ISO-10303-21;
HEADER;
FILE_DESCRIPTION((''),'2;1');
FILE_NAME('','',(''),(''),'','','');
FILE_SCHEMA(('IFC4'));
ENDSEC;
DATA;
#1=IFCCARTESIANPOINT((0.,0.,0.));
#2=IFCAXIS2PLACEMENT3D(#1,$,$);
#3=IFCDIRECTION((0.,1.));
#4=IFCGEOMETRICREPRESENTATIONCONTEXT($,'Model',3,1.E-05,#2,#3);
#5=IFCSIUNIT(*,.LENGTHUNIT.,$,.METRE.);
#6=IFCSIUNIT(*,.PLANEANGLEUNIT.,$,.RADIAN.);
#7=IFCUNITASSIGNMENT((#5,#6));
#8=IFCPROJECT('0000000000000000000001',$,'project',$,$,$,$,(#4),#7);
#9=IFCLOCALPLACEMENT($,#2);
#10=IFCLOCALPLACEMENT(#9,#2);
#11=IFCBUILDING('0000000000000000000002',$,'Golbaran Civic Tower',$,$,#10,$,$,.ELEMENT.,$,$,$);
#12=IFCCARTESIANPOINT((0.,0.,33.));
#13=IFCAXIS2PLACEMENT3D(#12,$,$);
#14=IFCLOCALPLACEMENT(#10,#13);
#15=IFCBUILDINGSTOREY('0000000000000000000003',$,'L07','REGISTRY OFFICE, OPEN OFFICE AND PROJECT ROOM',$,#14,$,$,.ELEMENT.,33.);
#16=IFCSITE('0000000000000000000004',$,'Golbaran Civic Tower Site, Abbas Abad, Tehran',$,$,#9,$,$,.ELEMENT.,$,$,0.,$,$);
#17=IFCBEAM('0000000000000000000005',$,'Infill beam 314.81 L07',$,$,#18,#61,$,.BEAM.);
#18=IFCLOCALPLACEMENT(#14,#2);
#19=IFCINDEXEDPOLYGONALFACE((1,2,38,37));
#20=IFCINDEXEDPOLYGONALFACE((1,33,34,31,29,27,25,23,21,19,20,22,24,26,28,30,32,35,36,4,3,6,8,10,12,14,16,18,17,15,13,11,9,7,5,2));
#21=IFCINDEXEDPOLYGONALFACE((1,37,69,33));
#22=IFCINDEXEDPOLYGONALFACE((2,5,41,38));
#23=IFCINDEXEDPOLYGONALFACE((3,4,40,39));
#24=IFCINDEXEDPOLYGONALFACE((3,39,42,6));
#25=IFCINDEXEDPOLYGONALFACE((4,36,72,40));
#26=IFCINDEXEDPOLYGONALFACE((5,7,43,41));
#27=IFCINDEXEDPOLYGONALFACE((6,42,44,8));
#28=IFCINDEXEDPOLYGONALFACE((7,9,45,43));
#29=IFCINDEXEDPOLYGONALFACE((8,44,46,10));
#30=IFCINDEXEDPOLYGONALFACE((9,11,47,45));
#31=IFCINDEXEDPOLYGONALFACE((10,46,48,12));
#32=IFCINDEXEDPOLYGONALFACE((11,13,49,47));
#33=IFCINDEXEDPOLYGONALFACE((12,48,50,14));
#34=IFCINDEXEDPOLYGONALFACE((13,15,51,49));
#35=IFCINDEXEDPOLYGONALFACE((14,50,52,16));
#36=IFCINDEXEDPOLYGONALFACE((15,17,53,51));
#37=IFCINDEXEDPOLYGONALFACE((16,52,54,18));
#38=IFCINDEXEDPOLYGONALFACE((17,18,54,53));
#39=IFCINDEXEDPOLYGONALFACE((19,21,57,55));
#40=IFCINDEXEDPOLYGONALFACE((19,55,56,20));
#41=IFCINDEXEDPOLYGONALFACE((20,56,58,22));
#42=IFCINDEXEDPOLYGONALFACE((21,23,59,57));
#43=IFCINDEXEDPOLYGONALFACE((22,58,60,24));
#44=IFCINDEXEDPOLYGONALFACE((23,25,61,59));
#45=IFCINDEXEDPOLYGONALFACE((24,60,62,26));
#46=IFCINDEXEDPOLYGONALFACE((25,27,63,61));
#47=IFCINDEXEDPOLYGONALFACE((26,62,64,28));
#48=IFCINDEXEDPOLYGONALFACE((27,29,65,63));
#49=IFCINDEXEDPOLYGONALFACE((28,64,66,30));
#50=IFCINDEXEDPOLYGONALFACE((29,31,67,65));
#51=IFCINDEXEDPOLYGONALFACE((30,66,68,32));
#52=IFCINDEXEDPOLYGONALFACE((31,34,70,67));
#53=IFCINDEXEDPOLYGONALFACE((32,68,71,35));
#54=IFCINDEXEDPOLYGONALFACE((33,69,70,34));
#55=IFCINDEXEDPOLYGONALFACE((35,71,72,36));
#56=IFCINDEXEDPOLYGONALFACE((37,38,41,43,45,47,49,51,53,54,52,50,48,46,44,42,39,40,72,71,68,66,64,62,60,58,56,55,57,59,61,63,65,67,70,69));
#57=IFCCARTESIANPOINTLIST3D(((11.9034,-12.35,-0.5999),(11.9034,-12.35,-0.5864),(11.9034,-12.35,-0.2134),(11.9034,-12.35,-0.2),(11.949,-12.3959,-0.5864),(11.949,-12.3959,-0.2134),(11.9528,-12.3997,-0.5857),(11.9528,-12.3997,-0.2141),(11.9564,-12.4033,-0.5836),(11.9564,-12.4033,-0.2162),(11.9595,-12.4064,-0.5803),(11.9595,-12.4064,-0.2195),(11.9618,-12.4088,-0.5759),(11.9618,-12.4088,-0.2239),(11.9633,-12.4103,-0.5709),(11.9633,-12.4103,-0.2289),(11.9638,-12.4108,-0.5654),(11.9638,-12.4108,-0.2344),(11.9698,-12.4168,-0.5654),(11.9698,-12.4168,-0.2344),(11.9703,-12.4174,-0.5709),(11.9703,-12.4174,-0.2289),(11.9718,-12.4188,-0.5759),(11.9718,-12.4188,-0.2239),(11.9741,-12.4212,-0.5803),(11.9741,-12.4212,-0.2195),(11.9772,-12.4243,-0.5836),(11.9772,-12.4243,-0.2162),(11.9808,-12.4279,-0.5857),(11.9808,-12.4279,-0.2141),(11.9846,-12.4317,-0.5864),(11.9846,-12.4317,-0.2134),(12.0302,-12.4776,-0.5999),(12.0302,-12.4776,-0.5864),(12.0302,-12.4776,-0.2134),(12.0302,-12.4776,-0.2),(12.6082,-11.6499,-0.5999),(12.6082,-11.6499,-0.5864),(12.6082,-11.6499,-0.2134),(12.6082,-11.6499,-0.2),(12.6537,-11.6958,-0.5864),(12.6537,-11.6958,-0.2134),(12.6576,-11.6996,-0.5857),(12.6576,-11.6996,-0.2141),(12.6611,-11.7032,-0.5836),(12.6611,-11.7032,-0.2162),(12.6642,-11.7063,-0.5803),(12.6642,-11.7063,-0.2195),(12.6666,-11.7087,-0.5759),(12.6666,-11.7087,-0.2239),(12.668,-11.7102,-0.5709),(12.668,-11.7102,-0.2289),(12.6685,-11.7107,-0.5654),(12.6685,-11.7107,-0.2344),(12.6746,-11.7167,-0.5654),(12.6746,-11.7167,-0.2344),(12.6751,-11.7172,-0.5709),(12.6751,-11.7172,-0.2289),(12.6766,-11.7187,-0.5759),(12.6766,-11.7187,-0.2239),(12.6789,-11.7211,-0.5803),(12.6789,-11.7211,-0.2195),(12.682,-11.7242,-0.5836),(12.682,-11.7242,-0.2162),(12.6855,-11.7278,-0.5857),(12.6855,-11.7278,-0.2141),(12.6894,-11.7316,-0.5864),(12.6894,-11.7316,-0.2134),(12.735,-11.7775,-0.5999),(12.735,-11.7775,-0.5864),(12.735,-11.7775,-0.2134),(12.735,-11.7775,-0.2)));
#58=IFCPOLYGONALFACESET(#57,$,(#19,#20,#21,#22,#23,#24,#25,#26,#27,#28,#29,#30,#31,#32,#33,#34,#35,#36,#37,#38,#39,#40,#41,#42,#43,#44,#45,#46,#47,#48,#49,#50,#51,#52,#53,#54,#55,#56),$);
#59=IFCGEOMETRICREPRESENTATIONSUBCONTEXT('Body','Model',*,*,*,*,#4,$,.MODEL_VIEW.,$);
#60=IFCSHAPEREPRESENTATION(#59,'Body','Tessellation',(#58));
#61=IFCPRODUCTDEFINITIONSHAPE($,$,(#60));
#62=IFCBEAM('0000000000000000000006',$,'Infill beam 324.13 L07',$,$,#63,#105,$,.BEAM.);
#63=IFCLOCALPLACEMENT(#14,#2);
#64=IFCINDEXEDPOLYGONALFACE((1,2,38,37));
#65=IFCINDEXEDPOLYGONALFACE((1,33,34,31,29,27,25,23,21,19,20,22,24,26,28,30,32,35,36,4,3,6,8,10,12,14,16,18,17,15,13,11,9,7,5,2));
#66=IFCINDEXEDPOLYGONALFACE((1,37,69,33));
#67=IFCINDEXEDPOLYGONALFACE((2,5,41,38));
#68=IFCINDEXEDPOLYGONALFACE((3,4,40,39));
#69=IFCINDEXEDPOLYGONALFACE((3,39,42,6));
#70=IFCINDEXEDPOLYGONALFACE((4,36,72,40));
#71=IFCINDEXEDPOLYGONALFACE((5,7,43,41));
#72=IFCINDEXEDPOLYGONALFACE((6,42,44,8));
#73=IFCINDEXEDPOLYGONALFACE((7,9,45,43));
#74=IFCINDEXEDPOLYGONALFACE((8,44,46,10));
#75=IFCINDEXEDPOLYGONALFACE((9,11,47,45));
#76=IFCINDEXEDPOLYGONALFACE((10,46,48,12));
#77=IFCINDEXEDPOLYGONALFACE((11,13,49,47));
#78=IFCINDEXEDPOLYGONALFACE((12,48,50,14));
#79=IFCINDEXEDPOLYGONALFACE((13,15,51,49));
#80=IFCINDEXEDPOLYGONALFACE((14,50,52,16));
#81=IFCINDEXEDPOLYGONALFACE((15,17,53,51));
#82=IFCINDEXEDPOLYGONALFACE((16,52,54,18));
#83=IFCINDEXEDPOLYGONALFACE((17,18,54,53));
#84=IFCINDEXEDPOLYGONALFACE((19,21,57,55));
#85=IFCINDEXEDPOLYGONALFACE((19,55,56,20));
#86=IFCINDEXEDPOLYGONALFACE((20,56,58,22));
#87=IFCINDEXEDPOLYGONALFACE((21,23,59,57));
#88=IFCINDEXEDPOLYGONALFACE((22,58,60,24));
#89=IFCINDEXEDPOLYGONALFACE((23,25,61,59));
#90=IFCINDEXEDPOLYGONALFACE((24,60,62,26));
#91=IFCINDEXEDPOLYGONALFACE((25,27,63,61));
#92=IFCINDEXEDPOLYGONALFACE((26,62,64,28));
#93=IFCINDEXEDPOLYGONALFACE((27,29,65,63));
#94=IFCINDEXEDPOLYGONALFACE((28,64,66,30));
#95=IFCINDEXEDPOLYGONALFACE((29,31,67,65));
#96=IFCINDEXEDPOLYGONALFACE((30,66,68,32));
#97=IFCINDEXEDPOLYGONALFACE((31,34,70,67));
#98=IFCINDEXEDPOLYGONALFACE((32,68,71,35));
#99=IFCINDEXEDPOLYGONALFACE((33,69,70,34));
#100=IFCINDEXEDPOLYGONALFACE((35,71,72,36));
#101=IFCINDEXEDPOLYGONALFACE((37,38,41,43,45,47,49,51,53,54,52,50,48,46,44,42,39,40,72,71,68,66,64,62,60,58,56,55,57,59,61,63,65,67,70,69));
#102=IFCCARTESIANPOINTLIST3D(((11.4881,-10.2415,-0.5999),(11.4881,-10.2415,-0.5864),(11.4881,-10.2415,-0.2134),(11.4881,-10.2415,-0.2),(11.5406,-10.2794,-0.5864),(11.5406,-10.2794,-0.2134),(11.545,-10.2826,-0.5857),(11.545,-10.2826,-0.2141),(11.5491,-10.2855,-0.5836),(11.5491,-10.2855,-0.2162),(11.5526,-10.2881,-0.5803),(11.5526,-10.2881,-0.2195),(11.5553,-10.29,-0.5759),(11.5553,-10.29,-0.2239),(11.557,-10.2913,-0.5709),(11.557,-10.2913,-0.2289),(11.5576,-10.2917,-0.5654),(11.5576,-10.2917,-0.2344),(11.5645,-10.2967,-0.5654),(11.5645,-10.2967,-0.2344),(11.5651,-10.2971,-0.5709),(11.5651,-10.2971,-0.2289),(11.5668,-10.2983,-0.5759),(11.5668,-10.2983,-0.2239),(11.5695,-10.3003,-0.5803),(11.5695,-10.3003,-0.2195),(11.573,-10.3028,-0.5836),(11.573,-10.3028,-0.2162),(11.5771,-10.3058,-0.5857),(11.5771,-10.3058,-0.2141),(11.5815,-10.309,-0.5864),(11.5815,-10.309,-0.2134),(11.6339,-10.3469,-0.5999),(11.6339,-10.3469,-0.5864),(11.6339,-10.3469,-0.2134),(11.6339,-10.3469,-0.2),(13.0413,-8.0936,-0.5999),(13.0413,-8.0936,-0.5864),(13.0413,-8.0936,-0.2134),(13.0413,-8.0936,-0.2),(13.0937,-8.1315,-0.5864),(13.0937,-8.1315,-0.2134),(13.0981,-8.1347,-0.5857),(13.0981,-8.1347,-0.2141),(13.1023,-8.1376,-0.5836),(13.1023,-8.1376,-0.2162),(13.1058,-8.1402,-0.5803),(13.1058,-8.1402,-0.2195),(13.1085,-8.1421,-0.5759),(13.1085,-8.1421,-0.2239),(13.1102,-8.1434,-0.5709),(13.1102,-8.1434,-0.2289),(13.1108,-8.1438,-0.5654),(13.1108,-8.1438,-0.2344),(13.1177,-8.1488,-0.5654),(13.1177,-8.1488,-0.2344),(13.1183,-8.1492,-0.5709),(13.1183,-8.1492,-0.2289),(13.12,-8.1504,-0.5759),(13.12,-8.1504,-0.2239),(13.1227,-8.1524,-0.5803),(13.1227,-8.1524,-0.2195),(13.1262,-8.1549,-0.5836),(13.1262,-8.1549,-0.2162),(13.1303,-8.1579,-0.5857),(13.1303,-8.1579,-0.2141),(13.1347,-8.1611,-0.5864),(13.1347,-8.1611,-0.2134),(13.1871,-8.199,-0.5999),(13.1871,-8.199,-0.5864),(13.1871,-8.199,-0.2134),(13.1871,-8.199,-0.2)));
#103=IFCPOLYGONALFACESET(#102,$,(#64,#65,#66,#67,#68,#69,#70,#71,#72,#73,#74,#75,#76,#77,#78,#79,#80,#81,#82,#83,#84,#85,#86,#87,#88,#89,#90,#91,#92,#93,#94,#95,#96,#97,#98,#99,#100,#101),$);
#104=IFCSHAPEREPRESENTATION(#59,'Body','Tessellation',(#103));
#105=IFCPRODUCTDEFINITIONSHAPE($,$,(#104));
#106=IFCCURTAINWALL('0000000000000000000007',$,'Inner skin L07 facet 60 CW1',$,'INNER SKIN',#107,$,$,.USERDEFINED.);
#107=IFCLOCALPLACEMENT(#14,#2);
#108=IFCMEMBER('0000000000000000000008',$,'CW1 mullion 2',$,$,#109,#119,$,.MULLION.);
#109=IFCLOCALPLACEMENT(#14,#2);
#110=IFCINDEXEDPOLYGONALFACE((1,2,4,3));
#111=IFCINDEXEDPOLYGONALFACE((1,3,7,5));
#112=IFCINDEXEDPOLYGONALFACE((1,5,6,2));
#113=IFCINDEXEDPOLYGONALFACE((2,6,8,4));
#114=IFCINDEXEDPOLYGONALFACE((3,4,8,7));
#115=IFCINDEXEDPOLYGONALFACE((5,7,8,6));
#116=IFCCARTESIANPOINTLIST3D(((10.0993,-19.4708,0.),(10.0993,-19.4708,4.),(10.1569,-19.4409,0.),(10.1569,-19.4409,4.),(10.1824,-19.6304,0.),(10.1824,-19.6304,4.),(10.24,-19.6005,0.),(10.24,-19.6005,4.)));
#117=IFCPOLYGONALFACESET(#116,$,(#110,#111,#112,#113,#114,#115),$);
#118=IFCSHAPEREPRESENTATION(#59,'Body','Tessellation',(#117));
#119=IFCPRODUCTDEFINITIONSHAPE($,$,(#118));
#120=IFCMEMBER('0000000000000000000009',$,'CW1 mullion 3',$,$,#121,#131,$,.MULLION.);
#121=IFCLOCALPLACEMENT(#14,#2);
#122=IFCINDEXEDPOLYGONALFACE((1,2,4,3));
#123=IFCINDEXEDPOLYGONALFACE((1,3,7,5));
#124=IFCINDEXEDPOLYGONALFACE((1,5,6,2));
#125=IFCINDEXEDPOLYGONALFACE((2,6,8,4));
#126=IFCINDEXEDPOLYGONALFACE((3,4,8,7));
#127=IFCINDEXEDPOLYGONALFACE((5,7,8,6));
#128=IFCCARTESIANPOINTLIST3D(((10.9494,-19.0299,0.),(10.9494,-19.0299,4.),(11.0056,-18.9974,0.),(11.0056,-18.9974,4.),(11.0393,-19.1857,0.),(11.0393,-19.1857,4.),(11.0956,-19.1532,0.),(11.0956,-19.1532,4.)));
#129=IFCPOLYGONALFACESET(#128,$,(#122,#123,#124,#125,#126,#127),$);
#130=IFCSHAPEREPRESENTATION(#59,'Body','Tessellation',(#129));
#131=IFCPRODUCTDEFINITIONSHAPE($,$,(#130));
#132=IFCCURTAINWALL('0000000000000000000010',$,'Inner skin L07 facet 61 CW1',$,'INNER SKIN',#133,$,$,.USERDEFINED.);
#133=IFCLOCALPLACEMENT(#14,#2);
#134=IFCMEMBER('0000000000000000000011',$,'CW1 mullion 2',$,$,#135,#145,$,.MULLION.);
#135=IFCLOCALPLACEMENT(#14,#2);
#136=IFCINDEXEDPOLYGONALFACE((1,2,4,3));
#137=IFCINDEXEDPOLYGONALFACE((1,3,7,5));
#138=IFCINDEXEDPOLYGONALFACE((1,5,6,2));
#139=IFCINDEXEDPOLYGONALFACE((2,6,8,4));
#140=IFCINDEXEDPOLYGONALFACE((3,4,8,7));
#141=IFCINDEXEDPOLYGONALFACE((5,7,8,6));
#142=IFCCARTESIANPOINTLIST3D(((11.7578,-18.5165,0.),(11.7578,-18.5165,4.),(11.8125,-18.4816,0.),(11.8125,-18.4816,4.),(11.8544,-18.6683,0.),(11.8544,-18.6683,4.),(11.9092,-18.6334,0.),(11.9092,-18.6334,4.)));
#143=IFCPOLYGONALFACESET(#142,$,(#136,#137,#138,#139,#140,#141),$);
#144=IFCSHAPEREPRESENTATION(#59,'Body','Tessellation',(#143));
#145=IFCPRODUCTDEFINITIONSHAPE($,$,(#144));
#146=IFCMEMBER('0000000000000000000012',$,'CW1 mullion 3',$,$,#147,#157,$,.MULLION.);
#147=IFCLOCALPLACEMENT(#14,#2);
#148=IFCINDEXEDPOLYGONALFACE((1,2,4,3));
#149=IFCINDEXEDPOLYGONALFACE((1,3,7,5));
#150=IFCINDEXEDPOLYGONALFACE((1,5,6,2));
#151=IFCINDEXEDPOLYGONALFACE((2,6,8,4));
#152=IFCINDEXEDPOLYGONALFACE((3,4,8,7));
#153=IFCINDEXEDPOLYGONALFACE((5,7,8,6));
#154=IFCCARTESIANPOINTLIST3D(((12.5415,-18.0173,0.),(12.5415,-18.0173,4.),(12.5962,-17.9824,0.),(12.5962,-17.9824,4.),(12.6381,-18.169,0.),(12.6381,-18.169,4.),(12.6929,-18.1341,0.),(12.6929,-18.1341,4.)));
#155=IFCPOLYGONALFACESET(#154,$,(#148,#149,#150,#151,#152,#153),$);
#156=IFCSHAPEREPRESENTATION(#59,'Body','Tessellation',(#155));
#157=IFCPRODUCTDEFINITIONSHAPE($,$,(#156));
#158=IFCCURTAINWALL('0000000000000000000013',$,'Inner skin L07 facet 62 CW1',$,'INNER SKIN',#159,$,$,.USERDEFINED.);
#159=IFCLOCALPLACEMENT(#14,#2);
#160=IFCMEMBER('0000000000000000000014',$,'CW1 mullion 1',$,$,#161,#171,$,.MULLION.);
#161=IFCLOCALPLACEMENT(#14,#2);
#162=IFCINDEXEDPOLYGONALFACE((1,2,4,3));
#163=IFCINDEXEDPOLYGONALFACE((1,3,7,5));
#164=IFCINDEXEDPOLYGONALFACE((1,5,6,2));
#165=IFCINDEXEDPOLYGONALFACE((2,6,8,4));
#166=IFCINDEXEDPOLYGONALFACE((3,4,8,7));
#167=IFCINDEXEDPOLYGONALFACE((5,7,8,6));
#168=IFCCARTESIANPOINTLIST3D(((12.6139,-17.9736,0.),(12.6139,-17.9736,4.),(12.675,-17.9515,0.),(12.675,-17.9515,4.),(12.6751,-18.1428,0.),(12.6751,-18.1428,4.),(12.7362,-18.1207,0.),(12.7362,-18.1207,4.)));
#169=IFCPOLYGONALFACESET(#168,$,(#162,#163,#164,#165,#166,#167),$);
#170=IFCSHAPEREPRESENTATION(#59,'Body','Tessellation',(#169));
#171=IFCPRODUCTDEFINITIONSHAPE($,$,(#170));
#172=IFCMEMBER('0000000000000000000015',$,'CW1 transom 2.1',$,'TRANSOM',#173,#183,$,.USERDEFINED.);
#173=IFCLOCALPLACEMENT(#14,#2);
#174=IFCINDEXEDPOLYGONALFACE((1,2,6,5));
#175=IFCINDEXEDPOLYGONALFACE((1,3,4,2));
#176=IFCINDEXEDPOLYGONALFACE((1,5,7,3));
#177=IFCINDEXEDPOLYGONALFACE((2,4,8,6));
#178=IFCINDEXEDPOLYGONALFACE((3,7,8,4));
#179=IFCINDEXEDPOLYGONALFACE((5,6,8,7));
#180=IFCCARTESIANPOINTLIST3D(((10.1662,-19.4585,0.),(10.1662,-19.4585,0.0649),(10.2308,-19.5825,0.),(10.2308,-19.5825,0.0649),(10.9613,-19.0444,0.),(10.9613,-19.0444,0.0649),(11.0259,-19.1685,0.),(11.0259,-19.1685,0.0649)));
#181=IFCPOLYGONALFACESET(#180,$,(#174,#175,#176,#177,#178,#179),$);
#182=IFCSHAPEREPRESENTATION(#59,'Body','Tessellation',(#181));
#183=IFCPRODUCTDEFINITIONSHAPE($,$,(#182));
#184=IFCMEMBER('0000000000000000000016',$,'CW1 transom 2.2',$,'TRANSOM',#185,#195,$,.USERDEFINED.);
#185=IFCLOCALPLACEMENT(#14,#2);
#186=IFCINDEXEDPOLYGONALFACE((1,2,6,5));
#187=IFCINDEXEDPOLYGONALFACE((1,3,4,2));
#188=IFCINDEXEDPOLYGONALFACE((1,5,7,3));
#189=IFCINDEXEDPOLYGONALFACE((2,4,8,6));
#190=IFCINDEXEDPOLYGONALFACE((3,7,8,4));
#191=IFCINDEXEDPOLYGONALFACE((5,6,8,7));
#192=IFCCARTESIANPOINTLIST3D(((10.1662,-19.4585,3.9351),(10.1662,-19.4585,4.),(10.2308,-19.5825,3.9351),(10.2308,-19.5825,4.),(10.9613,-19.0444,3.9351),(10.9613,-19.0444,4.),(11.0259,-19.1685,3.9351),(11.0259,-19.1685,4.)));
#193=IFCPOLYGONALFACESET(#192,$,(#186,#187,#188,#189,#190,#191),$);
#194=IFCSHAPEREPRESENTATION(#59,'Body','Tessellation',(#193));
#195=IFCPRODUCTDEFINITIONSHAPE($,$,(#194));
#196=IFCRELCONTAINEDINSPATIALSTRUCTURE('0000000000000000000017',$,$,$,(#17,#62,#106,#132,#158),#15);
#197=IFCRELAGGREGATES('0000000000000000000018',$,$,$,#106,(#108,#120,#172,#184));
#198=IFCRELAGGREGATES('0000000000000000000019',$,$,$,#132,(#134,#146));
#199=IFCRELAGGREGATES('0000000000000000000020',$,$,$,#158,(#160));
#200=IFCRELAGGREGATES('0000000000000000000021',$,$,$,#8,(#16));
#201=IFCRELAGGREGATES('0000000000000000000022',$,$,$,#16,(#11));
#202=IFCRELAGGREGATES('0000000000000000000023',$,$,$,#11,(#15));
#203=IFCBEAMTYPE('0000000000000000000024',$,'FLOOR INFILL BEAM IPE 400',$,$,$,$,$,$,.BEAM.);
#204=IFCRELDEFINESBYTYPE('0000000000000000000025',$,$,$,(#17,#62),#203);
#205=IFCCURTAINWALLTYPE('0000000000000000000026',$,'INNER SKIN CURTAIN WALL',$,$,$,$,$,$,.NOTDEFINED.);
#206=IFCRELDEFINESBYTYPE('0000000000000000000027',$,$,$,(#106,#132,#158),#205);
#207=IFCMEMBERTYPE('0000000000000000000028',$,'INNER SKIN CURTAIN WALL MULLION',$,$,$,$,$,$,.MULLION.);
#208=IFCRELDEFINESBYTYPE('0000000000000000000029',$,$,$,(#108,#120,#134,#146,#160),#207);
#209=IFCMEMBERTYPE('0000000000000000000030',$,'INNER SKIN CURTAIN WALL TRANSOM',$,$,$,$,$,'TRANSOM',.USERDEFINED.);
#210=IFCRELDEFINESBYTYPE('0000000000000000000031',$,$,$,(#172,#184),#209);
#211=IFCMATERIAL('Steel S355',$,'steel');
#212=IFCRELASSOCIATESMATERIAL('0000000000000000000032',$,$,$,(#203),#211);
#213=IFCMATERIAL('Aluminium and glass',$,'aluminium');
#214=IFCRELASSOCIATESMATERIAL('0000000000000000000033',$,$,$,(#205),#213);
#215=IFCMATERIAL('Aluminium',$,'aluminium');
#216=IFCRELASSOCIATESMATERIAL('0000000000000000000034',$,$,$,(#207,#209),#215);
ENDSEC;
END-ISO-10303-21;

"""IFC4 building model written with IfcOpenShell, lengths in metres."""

from ifc_helpers import new_model, si_unit, direction, frame, origin, origin_2d, place, context, subcontext, project, spatial, rectangle, i_section, extrude, material, material_profile, profile_set, type_object, element, aggregate, save


model = new_model("IFC4")

# Units and contexts
model_context = context("Model", 3, precision=1e-05, world=origin(), true_north=direction((0.0, 1.0)))
body_context = subcontext(model_context, "Body", "Model", "MODEL_VIEW")
ifc_project = project(units=[si_unit("LENGTHUNIT", "METRE"), si_unit("PLANEANGLEUNIT", "RADIAN")], contexts=[model_context])

# Site, building, storey
site_placement = place(None, origin())
site = spatial("IfcSite", under=ifc_project, at=site_placement, Name="Golbaran Civic Tower Site, Abbas Abad, Tehran", CompositionType="ELEMENT", RefElevation=0.0)
building_placement = place(site_placement, origin())
building = spatial("IfcBuilding", under=site, at=building_placement, Name="Golbaran Civic Tower", CompositionType="ELEMENT")
storey_placement = place(building_placement, frame((0.0, 0.0, 33.0)))
storey = spatial("IfcBuildingStorey", under=building, at=storey_placement, Name="L07", Description="REGISTRY OFFICE, OPEN OFFICE AND PROJECT ROOM", CompositionType="ELEMENT", Elevation=33.0)

# Beams
ifc_material_1 = material(Name="Steel S355", Category="steel")
ifc_material_profile_1 = material_profile(ifc_material_1, i_section(OverallWidth=0.1799, OverallDepth=0.3999, WebThickness=0.0085, FlangeThickness=0.0134, FilletRadius=0.021, at=origin_2d()), Name="IPE 400")
ifc_profile_set_1 = profile_set([ifc_material_profile_1], Name="Steel S355")
beam_type_1 = type_object("IfcBeamType", Name="FLOOR INFILL BEAM IPE 400", PredefinedType="BEAM", material=ifc_profile_set_1)
beam_1_placement = place(storey_placement, frame((11.9668, -12.4138, -0.3999), z_axis=(0.709437, 0.704768, 0.0), x_axis=(-0.704768, 0.709437, 0.0)))
element("IfcBeam", 1, at=beam_1_placement, inside=storey, type_object=beam_type_1, Name="Infill beam 314.81 L07", PredefinedType="BEAM", context=body_context, shape_type="SweptSolid", body=[
    extrude(i_section(OverallWidth=0.1799, OverallDepth=0.3999, WebThickness=0.0085, FlangeThickness=0.0134, FilletRadius=0.021, at=origin_2d()), origin(), (0.0, 0.0, 1.0), 0.9934),
])
beam_2_placement = place(storey_placement, frame((11.561, -10.2942, -0.3999), z_axis=(0.585968, 0.810334, 0.0), x_axis=(-0.810334, 0.585968, 0.0)))
element("IfcBeam", 2, at=beam_2_placement, inside=storey, type_object=beam_type_1, Name="Infill beam 324.13 L07", PredefinedType="BEAM", context=body_context, shape_type="SweptSolid", body=[
    extrude(i_section(OverallWidth=0.1799, OverallDepth=0.3999, WebThickness=0.0085, FlangeThickness=0.0134, FilletRadius=0.021, at=origin_2d()), origin(), (0.0, 0.0, 1.0), 2.6506),
])

# Curtain walls, members
ifc_material_2 = material(Name="Aluminium and glass", Category="aluminium")
curtain_wall_type = type_object("IfcCurtainWallType", Name="INNER SKIN CURTAIN WALL", PredefinedType="NOTDEFINED", material=ifc_material_2)
curtain_wall_1_placement = place(storey_placement, origin())
curtain_wall_1 = element("IfcCurtainWall", 3, at=curtain_wall_1_placement, inside=storey, type_object=curtain_wall_type, Name="Inner skin L07 facet 60 CW1", ObjectType="INNER SKIN", PredefinedType="USERDEFINED")
ifc_material_3 = material(Name="Aluminium", Category="aluminium")
ifc_material_profile_2 = material_profile(ifc_material_3, rectangle(XDim=0.1799, YDim=0.0649, at=origin_2d()), Name="INNER SKIN CURTAIN WALL MULLION")
ifc_profile_set_2 = profile_set([ifc_material_profile_2], Name="Aluminium")
member_type_1 = type_object("IfcMemberType", Name="INNER SKIN CURTAIN WALL MULLION", PredefinedType="MULLION", material=ifc_profile_set_2)
member_1_placement = place(storey_placement, frame((10.1697, -19.5356, 0.0), z_axis=(0.0, 0.0, 1.0), x_axis=(-0.461749, 0.887011, 0.0)))
member_1 = element("IfcMember", 4, at=member_1_placement, type_object=member_type_1, Name="CW1 mullion 2", PredefinedType="MULLION", context=body_context, shape_type="SweptSolid", body=[
    extrude(rectangle(XDim=0.1799, YDim=0.0649, at=origin_2d()), origin(), (0.0, 0.0, 1.0), 4.0),
])
member_2_placement = place(storey_placement, frame((11.0225, -19.0916, 0.0), z_axis=(0.0, 0.0, 1.0), x_axis=(-0.5, 0.866025, 0.0)))
member_2 = element("IfcMember", 5, at=member_2_placement, type_object=member_type_1, Name="CW1 mullion 3", PredefinedType="MULLION", context=body_context, shape_type="SweptSolid", body=[
    extrude(rectangle(XDim=0.1799, YDim=0.0649, at=origin_2d()), origin(), (0.0, 0.0, 1.0), 4.0),
])
curtain_wall_2_placement = place(storey_placement, origin())
curtain_wall_2 = element("IfcCurtainWall", 6, at=curtain_wall_2_placement, inside=storey, type_object=curtain_wall_type, Name="Inner skin L07 facet 61 CW1", ObjectType="INNER SKIN", PredefinedType="USERDEFINED")
member_3_placement = place(storey_placement, frame((11.8335, -18.575, 0.0), z_axis=(0.0, 0.0, 1.0), x_axis=(-0.5373, 0.843391, 0.0)))
member_3 = element("IfcMember", 7, at=member_3_placement, type_object=member_type_1, Name="CW1 mullion 2", PredefinedType="MULLION", context=body_context, shape_type="SweptSolid", body=[
    extrude(rectangle(XDim=0.1799, YDim=0.0649, at=origin_2d()), origin(), (0.0, 0.0, 1.0), 4.0),
])
member_4_placement = place(storey_placement, frame((12.6172, -18.0757, 0.0), z_axis=(0.0, 0.0, 1.0), x_axis=(-0.5373, 0.843391, 0.0)))
member_4 = element("IfcMember", 8, at=member_4_placement, type_object=member_type_1, Name="CW1 mullion 3", PredefinedType="MULLION", context=body_context, shape_type="SweptSolid", body=[
    extrude(rectangle(XDim=0.1799, YDim=0.0649, at=origin_2d()), origin(), (0.0, 0.0, 1.0), 4.0),
])

# Curtain wall, member
curtain_wall_3_placement = place(storey_placement, origin())
curtain_wall_3 = element("IfcCurtainWall", 9, at=curtain_wall_3_placement, inside=storey, type_object=curtain_wall_type, Name="Inner skin L07 facet 62 CW1", ObjectType="INNER SKIN", PredefinedType="USERDEFINED")
member_5_placement = place(storey_placement, frame((12.675, -18.0471, 0.0), z_axis=(0.0, 0.0, 1.0), x_axis=(-0.340045, 0.940409, 0.0)))
member_5 = element("IfcMember", 10, at=member_5_placement, type_object=member_type_1, Name="CW1 mullion 1", PredefinedType="MULLION", context=body_context, shape_type="SweptSolid", body=[
    extrude(rectangle(XDim=0.1799, YDim=0.0649, at=origin_2d()), origin(), (0.0, 0.0, 1.0), 4.0),
])

# Members
ifc_material_profile_3 = material_profile(ifc_material_3, rectangle(XDim=0.1399, YDim=0.0649, at=origin_2d()), Name="INNER SKIN CURTAIN WALL TRANSOM")
ifc_profile_set_3 = profile_set([ifc_material_profile_3], Name="Aluminium")
member_type_2 = type_object("IfcMemberType", Name="INNER SKIN CURTAIN WALL TRANSOM", ElementType="TRANSOM", PredefinedType="USERDEFINED", material=ifc_profile_set_3)
member_6_placement = place(storey_placement, frame((10.1985, -19.5205, 0.0325), z_axis=(0.886954, 0.461859, 0.0), x_axis=(-0.461859, 0.886954, 0.0)))
member_6 = element("IfcMember", 11, at=member_6_placement, type_object=member_type_2, Name="CW1 transom 2.1", ObjectType="TRANSOM", PredefinedType="USERDEFINED", context=body_context, shape_type="SweptSolid", body=[
    extrude(rectangle(XDim=0.1399, YDim=0.0649, at=origin_2d()), origin(), (0.0, 0.0, 1.0), 0.8965),
])
member_7_placement = place(storey_placement, frame((10.1985, -19.5205, 3.9675), z_axis=(0.886954, 0.461859, 0.0), x_axis=(-0.461859, 0.886954, 0.0)))
member_7 = element("IfcMember", 12, at=member_7_placement, type_object=member_type_2, Name="CW1 transom 2.2", ObjectType="TRANSOM", PredefinedType="USERDEFINED", context=body_context, shape_type="SweptSolid", body=[
    extrude(rectangle(XDim=0.1399, YDim=0.0649, at=origin_2d()), origin(), (0.0, 0.0, 1.0), 0.8965),
])

aggregate(curtain_wall_1, [member_1, member_2, member_6, member_7])
aggregate(curtain_wall_2, [member_3, member_4])
aggregate(curtain_wall_3, [member_5])

save(model, "model.ifc")
